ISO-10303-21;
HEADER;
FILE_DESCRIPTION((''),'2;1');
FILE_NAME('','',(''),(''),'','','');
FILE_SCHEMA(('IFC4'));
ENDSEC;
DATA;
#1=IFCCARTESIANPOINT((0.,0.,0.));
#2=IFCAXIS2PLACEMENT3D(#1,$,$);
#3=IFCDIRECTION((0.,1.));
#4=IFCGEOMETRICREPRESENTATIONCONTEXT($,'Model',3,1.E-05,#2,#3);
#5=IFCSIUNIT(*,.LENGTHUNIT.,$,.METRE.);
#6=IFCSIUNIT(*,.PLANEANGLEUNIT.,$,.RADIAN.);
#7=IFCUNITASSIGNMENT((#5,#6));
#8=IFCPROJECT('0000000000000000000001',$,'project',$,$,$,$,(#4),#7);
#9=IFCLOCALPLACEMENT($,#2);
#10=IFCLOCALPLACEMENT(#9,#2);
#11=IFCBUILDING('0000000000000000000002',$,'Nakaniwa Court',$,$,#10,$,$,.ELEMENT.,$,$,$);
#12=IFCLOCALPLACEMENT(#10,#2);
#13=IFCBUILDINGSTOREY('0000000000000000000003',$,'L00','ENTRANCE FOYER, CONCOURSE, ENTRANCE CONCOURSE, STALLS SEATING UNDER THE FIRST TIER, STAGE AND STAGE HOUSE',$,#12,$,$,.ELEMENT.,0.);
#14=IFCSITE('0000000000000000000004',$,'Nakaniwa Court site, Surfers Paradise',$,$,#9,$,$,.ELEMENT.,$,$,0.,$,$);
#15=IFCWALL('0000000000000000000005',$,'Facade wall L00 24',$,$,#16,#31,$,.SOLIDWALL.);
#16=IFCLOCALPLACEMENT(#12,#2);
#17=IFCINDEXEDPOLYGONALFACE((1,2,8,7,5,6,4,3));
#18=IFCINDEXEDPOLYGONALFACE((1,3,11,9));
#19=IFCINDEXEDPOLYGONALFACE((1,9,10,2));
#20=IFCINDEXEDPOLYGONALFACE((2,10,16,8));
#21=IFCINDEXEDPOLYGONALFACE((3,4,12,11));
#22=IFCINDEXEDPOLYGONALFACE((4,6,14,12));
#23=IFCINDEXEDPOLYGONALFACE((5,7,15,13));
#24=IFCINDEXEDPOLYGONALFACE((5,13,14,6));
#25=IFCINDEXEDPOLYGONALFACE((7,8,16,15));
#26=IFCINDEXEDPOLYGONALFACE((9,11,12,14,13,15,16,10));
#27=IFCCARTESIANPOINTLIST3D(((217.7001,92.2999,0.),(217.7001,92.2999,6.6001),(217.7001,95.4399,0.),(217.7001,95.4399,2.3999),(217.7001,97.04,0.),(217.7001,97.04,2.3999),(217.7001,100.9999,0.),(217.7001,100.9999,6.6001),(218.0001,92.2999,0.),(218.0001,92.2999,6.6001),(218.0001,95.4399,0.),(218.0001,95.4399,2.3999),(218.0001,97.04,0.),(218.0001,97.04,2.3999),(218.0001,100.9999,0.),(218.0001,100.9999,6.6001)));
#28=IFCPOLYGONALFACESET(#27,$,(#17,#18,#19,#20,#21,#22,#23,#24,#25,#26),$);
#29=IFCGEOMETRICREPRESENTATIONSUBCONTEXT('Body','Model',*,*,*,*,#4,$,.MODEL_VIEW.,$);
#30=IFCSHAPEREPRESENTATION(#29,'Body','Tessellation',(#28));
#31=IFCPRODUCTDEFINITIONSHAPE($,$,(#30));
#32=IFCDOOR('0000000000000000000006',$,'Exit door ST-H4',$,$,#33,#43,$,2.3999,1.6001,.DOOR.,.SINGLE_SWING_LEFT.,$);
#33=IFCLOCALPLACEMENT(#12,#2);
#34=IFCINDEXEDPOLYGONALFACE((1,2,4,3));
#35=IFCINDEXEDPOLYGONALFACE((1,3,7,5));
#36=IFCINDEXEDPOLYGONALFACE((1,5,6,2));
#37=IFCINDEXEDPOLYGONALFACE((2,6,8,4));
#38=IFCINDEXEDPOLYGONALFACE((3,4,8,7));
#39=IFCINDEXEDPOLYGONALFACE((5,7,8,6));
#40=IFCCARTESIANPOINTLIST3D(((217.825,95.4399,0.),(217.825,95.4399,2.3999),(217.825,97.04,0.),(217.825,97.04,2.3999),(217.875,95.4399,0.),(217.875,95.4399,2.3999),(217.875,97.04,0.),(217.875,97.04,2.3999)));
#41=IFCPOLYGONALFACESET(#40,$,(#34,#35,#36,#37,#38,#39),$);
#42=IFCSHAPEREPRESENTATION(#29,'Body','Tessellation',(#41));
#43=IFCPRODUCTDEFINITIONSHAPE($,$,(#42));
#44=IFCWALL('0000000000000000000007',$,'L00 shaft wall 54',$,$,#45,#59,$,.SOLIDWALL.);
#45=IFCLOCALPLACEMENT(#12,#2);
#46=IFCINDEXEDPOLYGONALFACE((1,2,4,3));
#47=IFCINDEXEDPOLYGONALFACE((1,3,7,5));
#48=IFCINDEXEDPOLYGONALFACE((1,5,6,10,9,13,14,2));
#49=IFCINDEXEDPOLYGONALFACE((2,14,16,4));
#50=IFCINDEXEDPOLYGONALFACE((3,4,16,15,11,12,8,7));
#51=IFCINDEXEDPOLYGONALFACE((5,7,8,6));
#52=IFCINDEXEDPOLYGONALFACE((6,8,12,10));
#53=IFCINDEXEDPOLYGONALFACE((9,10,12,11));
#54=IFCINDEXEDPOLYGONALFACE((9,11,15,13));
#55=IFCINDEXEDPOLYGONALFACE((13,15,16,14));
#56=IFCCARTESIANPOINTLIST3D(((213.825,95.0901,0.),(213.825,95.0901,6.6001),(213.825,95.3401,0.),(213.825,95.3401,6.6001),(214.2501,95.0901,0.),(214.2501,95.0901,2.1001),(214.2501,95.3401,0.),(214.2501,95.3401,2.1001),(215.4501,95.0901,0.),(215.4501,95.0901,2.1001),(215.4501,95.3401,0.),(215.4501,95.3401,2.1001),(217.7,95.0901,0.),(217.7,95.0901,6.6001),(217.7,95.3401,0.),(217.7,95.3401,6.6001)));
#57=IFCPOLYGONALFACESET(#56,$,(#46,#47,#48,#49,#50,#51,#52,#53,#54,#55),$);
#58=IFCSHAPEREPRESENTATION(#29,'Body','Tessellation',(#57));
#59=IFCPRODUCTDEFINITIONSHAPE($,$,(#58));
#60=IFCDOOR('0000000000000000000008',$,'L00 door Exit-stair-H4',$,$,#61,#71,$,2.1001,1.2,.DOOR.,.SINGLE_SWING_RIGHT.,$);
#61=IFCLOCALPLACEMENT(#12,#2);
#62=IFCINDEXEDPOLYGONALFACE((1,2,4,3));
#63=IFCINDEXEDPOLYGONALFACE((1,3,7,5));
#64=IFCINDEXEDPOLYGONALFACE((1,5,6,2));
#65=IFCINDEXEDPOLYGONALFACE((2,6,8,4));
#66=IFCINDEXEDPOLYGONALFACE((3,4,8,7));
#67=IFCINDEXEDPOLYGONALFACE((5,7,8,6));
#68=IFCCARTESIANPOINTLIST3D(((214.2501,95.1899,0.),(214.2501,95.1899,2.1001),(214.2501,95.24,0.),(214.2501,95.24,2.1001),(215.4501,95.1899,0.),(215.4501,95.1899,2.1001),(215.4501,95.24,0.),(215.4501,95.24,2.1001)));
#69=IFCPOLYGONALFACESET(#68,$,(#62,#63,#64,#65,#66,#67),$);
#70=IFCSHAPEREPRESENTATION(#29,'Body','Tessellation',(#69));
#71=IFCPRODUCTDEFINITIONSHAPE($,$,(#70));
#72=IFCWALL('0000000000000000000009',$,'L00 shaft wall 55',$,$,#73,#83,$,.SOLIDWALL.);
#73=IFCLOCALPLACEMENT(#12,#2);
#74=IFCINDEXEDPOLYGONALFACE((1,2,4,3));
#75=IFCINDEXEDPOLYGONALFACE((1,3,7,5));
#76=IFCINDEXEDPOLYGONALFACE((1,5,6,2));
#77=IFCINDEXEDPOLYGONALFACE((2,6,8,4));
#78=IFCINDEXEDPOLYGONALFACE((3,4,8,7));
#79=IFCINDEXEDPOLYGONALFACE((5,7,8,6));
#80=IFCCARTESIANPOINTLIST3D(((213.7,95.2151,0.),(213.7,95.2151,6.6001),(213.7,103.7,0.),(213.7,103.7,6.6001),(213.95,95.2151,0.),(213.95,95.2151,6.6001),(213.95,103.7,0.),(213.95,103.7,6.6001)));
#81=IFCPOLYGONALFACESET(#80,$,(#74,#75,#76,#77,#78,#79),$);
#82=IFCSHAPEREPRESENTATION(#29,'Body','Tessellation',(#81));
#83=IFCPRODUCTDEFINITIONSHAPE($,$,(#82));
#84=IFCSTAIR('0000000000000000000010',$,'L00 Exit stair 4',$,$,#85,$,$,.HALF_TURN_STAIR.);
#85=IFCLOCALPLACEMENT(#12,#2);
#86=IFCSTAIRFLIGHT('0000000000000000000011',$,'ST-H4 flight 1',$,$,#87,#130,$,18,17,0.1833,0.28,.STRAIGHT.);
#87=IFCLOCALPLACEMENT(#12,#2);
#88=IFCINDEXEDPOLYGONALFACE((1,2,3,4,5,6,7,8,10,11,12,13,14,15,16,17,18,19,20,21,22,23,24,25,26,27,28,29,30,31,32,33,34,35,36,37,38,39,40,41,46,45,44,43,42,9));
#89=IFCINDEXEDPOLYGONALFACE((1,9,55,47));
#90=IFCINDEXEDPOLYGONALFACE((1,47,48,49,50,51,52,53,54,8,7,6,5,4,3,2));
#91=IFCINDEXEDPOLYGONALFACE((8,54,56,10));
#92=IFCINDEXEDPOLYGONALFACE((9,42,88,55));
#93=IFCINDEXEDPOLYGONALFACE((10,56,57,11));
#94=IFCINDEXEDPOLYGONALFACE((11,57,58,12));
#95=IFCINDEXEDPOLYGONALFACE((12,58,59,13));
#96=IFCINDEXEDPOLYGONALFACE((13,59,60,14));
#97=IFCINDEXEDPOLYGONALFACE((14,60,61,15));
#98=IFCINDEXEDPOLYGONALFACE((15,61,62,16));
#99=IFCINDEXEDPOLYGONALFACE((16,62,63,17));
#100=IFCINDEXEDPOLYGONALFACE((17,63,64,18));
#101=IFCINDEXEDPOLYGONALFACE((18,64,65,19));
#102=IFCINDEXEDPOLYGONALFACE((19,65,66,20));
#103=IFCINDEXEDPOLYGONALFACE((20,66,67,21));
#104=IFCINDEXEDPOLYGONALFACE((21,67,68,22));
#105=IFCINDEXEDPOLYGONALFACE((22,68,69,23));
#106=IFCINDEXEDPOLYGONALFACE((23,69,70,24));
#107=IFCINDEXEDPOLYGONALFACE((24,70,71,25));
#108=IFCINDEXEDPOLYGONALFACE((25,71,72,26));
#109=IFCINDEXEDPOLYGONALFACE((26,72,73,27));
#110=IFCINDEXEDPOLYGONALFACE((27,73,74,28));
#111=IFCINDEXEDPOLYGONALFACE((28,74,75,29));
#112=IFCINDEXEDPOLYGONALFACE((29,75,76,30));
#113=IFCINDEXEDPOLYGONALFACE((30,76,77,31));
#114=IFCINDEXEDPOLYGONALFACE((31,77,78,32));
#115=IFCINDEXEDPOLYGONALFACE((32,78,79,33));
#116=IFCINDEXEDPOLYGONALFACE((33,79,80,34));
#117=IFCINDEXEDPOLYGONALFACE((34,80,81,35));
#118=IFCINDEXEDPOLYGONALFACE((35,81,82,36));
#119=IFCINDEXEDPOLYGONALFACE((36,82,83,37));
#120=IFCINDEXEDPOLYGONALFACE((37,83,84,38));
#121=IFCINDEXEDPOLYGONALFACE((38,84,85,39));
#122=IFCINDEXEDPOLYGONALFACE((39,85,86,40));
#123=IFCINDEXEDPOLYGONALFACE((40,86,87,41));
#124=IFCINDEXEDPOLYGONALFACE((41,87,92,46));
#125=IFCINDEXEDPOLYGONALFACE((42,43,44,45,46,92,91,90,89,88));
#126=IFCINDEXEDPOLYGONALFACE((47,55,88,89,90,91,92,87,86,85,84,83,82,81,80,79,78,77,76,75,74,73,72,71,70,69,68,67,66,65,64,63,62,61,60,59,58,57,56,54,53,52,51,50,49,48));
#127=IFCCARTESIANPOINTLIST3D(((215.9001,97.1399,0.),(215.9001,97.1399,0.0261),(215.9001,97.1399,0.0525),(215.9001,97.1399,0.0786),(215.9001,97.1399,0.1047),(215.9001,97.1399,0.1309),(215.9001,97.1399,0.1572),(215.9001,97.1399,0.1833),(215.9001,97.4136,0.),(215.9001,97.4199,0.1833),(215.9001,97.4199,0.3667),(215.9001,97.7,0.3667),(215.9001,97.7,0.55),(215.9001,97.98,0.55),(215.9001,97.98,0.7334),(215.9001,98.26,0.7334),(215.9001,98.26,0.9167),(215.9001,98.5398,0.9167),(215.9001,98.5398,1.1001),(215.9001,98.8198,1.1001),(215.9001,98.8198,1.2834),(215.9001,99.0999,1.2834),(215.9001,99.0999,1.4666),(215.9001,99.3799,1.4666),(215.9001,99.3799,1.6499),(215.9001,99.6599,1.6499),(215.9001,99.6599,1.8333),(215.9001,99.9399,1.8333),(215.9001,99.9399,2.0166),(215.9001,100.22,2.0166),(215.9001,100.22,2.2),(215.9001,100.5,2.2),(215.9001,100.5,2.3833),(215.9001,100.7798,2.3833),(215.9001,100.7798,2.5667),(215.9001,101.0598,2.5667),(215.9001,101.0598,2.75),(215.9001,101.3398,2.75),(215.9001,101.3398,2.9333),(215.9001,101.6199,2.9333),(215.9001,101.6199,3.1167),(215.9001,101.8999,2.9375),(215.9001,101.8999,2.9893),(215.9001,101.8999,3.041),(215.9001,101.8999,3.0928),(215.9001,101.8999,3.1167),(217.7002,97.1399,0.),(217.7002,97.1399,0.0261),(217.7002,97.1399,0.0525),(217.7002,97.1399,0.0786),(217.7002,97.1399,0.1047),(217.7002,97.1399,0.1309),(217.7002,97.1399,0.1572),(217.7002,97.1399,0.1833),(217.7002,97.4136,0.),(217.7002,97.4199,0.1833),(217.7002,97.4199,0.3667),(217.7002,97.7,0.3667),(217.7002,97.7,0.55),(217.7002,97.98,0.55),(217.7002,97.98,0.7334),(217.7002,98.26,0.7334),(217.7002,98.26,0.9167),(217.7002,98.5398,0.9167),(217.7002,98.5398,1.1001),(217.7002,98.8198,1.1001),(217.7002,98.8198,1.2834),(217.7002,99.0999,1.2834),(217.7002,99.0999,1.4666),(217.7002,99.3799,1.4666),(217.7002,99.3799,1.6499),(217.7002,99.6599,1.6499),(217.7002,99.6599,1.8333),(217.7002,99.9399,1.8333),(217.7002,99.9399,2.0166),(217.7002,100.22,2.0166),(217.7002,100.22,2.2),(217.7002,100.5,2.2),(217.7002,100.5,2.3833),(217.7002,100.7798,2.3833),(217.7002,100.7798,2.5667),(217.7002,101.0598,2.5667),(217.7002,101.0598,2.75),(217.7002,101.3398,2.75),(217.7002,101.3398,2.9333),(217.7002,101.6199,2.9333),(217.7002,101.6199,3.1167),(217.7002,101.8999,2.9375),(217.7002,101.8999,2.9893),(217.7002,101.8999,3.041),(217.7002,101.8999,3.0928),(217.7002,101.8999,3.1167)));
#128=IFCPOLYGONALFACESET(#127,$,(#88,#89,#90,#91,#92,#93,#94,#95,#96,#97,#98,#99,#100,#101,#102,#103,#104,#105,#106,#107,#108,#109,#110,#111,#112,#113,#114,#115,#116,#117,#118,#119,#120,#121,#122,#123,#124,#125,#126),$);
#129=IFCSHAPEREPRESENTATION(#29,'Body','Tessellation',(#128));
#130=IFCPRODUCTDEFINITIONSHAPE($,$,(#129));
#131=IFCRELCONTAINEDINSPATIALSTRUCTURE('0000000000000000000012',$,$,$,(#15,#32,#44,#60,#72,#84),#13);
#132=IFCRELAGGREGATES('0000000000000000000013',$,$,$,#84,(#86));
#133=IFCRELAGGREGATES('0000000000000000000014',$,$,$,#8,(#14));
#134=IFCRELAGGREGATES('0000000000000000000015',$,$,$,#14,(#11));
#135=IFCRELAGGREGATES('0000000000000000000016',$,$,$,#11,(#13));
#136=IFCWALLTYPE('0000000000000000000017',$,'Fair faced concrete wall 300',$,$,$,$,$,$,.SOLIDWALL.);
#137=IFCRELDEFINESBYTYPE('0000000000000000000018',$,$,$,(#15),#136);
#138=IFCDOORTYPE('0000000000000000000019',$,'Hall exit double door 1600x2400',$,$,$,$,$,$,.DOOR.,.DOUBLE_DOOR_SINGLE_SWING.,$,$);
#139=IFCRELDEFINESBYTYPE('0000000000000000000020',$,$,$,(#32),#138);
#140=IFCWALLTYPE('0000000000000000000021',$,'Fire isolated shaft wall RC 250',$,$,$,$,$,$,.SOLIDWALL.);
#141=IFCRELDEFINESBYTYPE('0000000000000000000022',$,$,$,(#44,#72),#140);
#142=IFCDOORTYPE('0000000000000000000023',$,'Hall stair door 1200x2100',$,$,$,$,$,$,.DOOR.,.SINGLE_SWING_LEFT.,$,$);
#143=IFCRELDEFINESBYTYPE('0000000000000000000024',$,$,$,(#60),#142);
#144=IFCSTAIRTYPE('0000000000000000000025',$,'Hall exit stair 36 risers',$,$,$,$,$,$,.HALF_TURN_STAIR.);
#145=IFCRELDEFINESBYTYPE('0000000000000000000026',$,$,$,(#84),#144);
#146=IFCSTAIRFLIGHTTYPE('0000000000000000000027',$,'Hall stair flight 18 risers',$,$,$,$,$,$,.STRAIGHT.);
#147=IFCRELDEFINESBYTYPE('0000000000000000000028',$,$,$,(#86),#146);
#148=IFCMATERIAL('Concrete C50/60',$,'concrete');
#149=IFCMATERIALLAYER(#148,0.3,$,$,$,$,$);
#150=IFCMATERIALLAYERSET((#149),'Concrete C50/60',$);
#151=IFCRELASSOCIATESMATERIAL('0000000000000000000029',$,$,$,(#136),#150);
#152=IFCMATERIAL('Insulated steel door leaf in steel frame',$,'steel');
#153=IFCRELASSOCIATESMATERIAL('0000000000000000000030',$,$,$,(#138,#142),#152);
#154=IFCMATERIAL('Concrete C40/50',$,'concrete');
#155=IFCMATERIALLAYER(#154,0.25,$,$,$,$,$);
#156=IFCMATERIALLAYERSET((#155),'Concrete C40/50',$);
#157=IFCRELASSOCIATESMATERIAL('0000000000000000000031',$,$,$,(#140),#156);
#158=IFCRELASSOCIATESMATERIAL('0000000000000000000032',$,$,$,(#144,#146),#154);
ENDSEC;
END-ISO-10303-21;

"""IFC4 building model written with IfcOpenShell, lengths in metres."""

from ifc_helpers import new_model, si_unit, direction, frame, frame_2d, origin, place, context, subcontext, project, spatial, polyline, rectangle, outline, extrude, material, layer, layer_set, type_object, element, fill, aggregate, save


model = new_model("IFC4")

# Units and contexts
model_context = context("Model", 3, precision=1e-05, world=origin(), true_north=direction((0.0, 1.0)))
body_context = subcontext(model_context, "Body", "Model", "MODEL_VIEW")
ifc_project = project(units=[si_unit("LENGTHUNIT", "METRE"), si_unit("PLANEANGLEUNIT", "RADIAN")], contexts=[model_context])

# Site, building, storey
site_placement = place(None, origin())
site = spatial("IfcSite", under=ifc_project, at=site_placement, Name="Nakaniwa Court site, Surfers Paradise", CompositionType="ELEMENT", RefElevation=0.0)
building_placement = place(site_placement, origin())
building = spatial("IfcBuilding", under=site, at=building_placement, Name="Nakaniwa Court", CompositionType="ELEMENT")
storey_placement = place(building_placement, origin())
storey = spatial("IfcBuildingStorey", under=building, at=storey_placement, Name="L00", Description="ENTRANCE FOYER, CONCOURSE, ENTRANCE CONCOURSE, STALLS SEATING UNDER THE FIRST TIER, STAGE AND STAGE HOUSE", CompositionType="ELEMENT", Elevation=0.0)

# Shared definitions
ifc_material_1 = material(Name="Concrete C40/50", Category="concrete")

# Shared definitions
ifc_material_2 = material(Name="Concrete C50/60", Category="concrete")

# Shared definitions
ifc_layer_1 = layer(ifc_material_2, 0.3)
ifc_layer_set_1 = layer_set([ifc_layer_1], Name="Concrete C50/60")
wall_type_1 = type_object("IfcWallType", Name="Fair faced concrete wall 300", PredefinedType="SOLIDWALL", material=ifc_layer_set_1)

# Walls, openings, doors
wall_1_placement = place(storey_placement, frame((217.8501, 101.0, 0.0), z_axis=(0.0, 0.0, 1.0), x_axis=(0.0, -1.0, 0.0)))
wall_1 = element("IfcWall", 1, at=wall_1_placement, inside=storey, type_object=wall_type_1, Name="Facade wall L00 24", PredefinedType="SOLIDWALL", context=body_context, shape_type="SweptSolid", body=[
    extrude(rectangle(XDim=8.7, YDim=0.3, at=frame_2d((4.3501, 0.0))), origin(), (0.0, 0.0, 1.0), 6.6001),
])
opening_1_placement = place(wall_1_placement, frame((3.96, 0.0, 0.0)))
opening_1 = element("IfcOpeningElement", 2, at=opening_1_placement, cuts=wall_1, PredefinedType="OPENING", context=body_context, shape_type="SweptSolid", body=[
    extrude(rectangle(XDim=1.6001, YDim=2.3999, at=frame_2d((0.8, 1.2))), frame((0.0, 0.1599, 0.0), z_axis=(0.0, -1.0, 0.0), x_axis=(1.0, 0.0, 0.0)), (0.0, 0.0, 1.0), 0.3201),
])
ifc_material_3 = material(Name="Insulated steel door leaf in steel frame", Category="steel")
door_type_1 = type_object("IfcDoorType", Name="Hall exit double door 1600x2400", OperationType="DOUBLE_DOOR_SINGLE_SWING", PredefinedType="DOOR", material=ifc_material_3)
door_1_placement = place(opening_1_placement, origin())
door_1 = element("IfcDoor", 3, at=door_1_placement, inside=storey, type_object=door_type_1, Name="Exit door ST-H4", OperationType="SINGLE_SWING_LEFT", OverallHeight=2.3999, OverallWidth=1.6001, PredefinedType="DOOR", context=body_context, shape_type="SweptSolid", body=[
    extrude(rectangle(XDim=1.6001, YDim=2.3999, at=frame_2d((0.8, 1.2))), frame((0.0, 0.0249, 0.0), z_axis=(0.0, -1.0, 0.0), x_axis=(1.0, 0.0, 0.0)), (0.0, 0.0, 1.0), 0.05),
])
fill(opening_1, door_1)
ifc_layer_2 = layer(ifc_material_1, 0.25)
ifc_layer_set_2 = layer_set([ifc_layer_2], Name="Concrete C40/50")
wall_type_2 = type_object("IfcWallType", Name="Fire isolated shaft wall RC 250", PredefinedType="SOLIDWALL", material=ifc_layer_set_2)
wall_2_placement = place(storey_placement, frame((213.825, 95.2151, 0.0), z_axis=(0.0, 0.0, 1.0), x_axis=(1.0, 0.0, 0.0)))
wall_2 = element("IfcWall", 4, at=wall_2_placement, inside=storey, type_object=wall_type_2, Name="L00 shaft wall 54", PredefinedType="SOLIDWALL", context=body_context, shape_type="SweptSolid", body=[
    extrude(rectangle(XDim=3.875, YDim=0.25, at=frame_2d((1.9375, 0.0))), origin(), (0.0, 0.0, 1.0), 6.6001),
])
opening_2_placement = place(wall_2_placement, frame((0.425, 0.0, 0.0)))
opening_2 = element("IfcOpeningElement", 5, at=opening_2_placement, cuts=wall_2, PredefinedType="OPENING", context=body_context, shape_type="SweptSolid", body=[
    extrude(rectangle(XDim=1.2, YDim=2.1001, at=frame_2d((0.6001, 1.05))), frame((0.0, 0.135, 0.0), z_axis=(0.0, -1.0, 0.0), x_axis=(1.0, 0.0, 0.0)), (0.0, 0.0, 1.0), 0.27),
])
door_type_2 = type_object("IfcDoorType", Name="Hall stair door 1200x2100", OperationType="SINGLE_SWING_LEFT", PredefinedType="DOOR", material=ifc_material_3)
door_2_placement = place(opening_2_placement, origin())
door_2 = element("IfcDoor", 6, at=door_2_placement, inside=storey, type_object=door_type_2, Name="L00 door Exit-stair-H4", OperationType="SINGLE_SWING_RIGHT", OverallHeight=2.1001, OverallWidth=1.2, PredefinedType="DOOR", context=body_context, shape_type="SweptSolid", body=[
    extrude(rectangle(XDim=1.2, YDim=2.1001, at=frame_2d((0.6001, 1.05))), frame((0.0, 0.0249, 0.0), z_axis=(0.0, -1.0, 0.0), x_axis=(1.0, 0.0, 0.0)), (0.0, 0.0, 1.0), 0.05),
])
fill(opening_2, door_2)

# Wall
wall_3_placement = place(storey_placement, frame((213.825, 95.2151, 0.0), z_axis=(0.0, 0.0, 1.0), x_axis=(0.0, 1.0, 0.0)))
element("IfcWall", 7, at=wall_3_placement, inside=storey, type_object=wall_type_2, Name="L00 shaft wall 55", PredefinedType="SOLIDWALL", context=body_context, shape_type="SweptSolid", body=[
    extrude(rectangle(XDim=8.4849, YDim=0.25, at=frame_2d((4.2424, 0.0))), origin(), (0.0, 0.0, 1.0), 6.6001),
])

# Stair, stair flight
stair_type = type_object("IfcStairType", Name="Hall exit stair 36 risers", PredefinedType="HALF_TURN_STAIR", material=ifc_material_1)
stair_placement = place(storey_placement, origin())
stair = element("IfcStair", 8, at=stair_placement, inside=storey, type_object=stair_type, Name="L00 Exit stair 4", PredefinedType="HALF_TURN_STAIR")
stair_flight_type = type_object("IfcStairFlightType", Name="Hall stair flight 18 risers", PredefinedType="STRAIGHT", material=ifc_material_1)
stair_flight_1_placement = place(storey_placement, frame((216.8, 97.1399, 0.0), z_axis=(0.0, 0.0, 1.0), x_axis=(0.0, 1.0, 0.0)))
stair_flight_1 = element("IfcStairFlight", 9, at=stair_flight_1_placement, type_object=stair_flight_type, Name="ST-H4 flight 1", NumberOfRisers=18, NumberOfTreads=17, PredefinedType="STRAIGHT", RiserHeight=0.1833, TreadLength=0.28, context=body_context, shape_type="SweptSolid", body=[
    extrude(outline(polyline([(0.0, 0.0), (0.0, 0.0261), (0.0, 0.0525), (0.0, 0.0786), (0.0, 0.1047), (0.0, 0.1309), (0.0, 0.1572), (0.0, 0.1833), (0.28, 0.1833), (0.28, 0.3667), (0.5601, 0.3667), (0.5601, 0.55), (0.8401, 0.55), (0.8401, 0.7334), (1.1201, 0.7334), (1.1201, 0.9167), (1.3999, 0.9167), (1.3999, 1.1001), (1.6799, 1.1001), (1.6799, 1.2834), (1.96, 1.2834), (1.96, 1.4666), (2.24, 1.4666), (2.24, 1.6499), (2.52, 1.6499), (2.52, 1.8333), (2.8, 1.8333), (2.8, 2.0166), (3.0801, 2.0166), (3.0801, 2.2), (3.3601, 2.2), (3.3601, 2.3833), (3.6399, 2.3833), (3.6399, 2.5667), (3.9199, 2.5667), (3.9199, 2.75), (4.2, 2.75), (4.2, 2.9333), (4.48, 2.9333), (4.48, 3.1167), (4.76, 3.1167), (4.76, 3.3), (4.76, 3.2483), (4.76, 3.1965), (4.76, 3.1445), (4.76, 3.0928), (4.76, 3.041), (4.76, 2.9893), (4.76, 2.9375), (0.2737, 0.0), (0.0, 0.0)])), frame((0.0, 0.8999, 0.0), z_axis=(0.0, -1.0, 0.0), x_axis=(1.0, 0.0, 0.0)), (0.0, 0.0, 1.0), 1.8),
])
aggregate(stair, [stair_flight_1])

save(model, "model.ifc")
